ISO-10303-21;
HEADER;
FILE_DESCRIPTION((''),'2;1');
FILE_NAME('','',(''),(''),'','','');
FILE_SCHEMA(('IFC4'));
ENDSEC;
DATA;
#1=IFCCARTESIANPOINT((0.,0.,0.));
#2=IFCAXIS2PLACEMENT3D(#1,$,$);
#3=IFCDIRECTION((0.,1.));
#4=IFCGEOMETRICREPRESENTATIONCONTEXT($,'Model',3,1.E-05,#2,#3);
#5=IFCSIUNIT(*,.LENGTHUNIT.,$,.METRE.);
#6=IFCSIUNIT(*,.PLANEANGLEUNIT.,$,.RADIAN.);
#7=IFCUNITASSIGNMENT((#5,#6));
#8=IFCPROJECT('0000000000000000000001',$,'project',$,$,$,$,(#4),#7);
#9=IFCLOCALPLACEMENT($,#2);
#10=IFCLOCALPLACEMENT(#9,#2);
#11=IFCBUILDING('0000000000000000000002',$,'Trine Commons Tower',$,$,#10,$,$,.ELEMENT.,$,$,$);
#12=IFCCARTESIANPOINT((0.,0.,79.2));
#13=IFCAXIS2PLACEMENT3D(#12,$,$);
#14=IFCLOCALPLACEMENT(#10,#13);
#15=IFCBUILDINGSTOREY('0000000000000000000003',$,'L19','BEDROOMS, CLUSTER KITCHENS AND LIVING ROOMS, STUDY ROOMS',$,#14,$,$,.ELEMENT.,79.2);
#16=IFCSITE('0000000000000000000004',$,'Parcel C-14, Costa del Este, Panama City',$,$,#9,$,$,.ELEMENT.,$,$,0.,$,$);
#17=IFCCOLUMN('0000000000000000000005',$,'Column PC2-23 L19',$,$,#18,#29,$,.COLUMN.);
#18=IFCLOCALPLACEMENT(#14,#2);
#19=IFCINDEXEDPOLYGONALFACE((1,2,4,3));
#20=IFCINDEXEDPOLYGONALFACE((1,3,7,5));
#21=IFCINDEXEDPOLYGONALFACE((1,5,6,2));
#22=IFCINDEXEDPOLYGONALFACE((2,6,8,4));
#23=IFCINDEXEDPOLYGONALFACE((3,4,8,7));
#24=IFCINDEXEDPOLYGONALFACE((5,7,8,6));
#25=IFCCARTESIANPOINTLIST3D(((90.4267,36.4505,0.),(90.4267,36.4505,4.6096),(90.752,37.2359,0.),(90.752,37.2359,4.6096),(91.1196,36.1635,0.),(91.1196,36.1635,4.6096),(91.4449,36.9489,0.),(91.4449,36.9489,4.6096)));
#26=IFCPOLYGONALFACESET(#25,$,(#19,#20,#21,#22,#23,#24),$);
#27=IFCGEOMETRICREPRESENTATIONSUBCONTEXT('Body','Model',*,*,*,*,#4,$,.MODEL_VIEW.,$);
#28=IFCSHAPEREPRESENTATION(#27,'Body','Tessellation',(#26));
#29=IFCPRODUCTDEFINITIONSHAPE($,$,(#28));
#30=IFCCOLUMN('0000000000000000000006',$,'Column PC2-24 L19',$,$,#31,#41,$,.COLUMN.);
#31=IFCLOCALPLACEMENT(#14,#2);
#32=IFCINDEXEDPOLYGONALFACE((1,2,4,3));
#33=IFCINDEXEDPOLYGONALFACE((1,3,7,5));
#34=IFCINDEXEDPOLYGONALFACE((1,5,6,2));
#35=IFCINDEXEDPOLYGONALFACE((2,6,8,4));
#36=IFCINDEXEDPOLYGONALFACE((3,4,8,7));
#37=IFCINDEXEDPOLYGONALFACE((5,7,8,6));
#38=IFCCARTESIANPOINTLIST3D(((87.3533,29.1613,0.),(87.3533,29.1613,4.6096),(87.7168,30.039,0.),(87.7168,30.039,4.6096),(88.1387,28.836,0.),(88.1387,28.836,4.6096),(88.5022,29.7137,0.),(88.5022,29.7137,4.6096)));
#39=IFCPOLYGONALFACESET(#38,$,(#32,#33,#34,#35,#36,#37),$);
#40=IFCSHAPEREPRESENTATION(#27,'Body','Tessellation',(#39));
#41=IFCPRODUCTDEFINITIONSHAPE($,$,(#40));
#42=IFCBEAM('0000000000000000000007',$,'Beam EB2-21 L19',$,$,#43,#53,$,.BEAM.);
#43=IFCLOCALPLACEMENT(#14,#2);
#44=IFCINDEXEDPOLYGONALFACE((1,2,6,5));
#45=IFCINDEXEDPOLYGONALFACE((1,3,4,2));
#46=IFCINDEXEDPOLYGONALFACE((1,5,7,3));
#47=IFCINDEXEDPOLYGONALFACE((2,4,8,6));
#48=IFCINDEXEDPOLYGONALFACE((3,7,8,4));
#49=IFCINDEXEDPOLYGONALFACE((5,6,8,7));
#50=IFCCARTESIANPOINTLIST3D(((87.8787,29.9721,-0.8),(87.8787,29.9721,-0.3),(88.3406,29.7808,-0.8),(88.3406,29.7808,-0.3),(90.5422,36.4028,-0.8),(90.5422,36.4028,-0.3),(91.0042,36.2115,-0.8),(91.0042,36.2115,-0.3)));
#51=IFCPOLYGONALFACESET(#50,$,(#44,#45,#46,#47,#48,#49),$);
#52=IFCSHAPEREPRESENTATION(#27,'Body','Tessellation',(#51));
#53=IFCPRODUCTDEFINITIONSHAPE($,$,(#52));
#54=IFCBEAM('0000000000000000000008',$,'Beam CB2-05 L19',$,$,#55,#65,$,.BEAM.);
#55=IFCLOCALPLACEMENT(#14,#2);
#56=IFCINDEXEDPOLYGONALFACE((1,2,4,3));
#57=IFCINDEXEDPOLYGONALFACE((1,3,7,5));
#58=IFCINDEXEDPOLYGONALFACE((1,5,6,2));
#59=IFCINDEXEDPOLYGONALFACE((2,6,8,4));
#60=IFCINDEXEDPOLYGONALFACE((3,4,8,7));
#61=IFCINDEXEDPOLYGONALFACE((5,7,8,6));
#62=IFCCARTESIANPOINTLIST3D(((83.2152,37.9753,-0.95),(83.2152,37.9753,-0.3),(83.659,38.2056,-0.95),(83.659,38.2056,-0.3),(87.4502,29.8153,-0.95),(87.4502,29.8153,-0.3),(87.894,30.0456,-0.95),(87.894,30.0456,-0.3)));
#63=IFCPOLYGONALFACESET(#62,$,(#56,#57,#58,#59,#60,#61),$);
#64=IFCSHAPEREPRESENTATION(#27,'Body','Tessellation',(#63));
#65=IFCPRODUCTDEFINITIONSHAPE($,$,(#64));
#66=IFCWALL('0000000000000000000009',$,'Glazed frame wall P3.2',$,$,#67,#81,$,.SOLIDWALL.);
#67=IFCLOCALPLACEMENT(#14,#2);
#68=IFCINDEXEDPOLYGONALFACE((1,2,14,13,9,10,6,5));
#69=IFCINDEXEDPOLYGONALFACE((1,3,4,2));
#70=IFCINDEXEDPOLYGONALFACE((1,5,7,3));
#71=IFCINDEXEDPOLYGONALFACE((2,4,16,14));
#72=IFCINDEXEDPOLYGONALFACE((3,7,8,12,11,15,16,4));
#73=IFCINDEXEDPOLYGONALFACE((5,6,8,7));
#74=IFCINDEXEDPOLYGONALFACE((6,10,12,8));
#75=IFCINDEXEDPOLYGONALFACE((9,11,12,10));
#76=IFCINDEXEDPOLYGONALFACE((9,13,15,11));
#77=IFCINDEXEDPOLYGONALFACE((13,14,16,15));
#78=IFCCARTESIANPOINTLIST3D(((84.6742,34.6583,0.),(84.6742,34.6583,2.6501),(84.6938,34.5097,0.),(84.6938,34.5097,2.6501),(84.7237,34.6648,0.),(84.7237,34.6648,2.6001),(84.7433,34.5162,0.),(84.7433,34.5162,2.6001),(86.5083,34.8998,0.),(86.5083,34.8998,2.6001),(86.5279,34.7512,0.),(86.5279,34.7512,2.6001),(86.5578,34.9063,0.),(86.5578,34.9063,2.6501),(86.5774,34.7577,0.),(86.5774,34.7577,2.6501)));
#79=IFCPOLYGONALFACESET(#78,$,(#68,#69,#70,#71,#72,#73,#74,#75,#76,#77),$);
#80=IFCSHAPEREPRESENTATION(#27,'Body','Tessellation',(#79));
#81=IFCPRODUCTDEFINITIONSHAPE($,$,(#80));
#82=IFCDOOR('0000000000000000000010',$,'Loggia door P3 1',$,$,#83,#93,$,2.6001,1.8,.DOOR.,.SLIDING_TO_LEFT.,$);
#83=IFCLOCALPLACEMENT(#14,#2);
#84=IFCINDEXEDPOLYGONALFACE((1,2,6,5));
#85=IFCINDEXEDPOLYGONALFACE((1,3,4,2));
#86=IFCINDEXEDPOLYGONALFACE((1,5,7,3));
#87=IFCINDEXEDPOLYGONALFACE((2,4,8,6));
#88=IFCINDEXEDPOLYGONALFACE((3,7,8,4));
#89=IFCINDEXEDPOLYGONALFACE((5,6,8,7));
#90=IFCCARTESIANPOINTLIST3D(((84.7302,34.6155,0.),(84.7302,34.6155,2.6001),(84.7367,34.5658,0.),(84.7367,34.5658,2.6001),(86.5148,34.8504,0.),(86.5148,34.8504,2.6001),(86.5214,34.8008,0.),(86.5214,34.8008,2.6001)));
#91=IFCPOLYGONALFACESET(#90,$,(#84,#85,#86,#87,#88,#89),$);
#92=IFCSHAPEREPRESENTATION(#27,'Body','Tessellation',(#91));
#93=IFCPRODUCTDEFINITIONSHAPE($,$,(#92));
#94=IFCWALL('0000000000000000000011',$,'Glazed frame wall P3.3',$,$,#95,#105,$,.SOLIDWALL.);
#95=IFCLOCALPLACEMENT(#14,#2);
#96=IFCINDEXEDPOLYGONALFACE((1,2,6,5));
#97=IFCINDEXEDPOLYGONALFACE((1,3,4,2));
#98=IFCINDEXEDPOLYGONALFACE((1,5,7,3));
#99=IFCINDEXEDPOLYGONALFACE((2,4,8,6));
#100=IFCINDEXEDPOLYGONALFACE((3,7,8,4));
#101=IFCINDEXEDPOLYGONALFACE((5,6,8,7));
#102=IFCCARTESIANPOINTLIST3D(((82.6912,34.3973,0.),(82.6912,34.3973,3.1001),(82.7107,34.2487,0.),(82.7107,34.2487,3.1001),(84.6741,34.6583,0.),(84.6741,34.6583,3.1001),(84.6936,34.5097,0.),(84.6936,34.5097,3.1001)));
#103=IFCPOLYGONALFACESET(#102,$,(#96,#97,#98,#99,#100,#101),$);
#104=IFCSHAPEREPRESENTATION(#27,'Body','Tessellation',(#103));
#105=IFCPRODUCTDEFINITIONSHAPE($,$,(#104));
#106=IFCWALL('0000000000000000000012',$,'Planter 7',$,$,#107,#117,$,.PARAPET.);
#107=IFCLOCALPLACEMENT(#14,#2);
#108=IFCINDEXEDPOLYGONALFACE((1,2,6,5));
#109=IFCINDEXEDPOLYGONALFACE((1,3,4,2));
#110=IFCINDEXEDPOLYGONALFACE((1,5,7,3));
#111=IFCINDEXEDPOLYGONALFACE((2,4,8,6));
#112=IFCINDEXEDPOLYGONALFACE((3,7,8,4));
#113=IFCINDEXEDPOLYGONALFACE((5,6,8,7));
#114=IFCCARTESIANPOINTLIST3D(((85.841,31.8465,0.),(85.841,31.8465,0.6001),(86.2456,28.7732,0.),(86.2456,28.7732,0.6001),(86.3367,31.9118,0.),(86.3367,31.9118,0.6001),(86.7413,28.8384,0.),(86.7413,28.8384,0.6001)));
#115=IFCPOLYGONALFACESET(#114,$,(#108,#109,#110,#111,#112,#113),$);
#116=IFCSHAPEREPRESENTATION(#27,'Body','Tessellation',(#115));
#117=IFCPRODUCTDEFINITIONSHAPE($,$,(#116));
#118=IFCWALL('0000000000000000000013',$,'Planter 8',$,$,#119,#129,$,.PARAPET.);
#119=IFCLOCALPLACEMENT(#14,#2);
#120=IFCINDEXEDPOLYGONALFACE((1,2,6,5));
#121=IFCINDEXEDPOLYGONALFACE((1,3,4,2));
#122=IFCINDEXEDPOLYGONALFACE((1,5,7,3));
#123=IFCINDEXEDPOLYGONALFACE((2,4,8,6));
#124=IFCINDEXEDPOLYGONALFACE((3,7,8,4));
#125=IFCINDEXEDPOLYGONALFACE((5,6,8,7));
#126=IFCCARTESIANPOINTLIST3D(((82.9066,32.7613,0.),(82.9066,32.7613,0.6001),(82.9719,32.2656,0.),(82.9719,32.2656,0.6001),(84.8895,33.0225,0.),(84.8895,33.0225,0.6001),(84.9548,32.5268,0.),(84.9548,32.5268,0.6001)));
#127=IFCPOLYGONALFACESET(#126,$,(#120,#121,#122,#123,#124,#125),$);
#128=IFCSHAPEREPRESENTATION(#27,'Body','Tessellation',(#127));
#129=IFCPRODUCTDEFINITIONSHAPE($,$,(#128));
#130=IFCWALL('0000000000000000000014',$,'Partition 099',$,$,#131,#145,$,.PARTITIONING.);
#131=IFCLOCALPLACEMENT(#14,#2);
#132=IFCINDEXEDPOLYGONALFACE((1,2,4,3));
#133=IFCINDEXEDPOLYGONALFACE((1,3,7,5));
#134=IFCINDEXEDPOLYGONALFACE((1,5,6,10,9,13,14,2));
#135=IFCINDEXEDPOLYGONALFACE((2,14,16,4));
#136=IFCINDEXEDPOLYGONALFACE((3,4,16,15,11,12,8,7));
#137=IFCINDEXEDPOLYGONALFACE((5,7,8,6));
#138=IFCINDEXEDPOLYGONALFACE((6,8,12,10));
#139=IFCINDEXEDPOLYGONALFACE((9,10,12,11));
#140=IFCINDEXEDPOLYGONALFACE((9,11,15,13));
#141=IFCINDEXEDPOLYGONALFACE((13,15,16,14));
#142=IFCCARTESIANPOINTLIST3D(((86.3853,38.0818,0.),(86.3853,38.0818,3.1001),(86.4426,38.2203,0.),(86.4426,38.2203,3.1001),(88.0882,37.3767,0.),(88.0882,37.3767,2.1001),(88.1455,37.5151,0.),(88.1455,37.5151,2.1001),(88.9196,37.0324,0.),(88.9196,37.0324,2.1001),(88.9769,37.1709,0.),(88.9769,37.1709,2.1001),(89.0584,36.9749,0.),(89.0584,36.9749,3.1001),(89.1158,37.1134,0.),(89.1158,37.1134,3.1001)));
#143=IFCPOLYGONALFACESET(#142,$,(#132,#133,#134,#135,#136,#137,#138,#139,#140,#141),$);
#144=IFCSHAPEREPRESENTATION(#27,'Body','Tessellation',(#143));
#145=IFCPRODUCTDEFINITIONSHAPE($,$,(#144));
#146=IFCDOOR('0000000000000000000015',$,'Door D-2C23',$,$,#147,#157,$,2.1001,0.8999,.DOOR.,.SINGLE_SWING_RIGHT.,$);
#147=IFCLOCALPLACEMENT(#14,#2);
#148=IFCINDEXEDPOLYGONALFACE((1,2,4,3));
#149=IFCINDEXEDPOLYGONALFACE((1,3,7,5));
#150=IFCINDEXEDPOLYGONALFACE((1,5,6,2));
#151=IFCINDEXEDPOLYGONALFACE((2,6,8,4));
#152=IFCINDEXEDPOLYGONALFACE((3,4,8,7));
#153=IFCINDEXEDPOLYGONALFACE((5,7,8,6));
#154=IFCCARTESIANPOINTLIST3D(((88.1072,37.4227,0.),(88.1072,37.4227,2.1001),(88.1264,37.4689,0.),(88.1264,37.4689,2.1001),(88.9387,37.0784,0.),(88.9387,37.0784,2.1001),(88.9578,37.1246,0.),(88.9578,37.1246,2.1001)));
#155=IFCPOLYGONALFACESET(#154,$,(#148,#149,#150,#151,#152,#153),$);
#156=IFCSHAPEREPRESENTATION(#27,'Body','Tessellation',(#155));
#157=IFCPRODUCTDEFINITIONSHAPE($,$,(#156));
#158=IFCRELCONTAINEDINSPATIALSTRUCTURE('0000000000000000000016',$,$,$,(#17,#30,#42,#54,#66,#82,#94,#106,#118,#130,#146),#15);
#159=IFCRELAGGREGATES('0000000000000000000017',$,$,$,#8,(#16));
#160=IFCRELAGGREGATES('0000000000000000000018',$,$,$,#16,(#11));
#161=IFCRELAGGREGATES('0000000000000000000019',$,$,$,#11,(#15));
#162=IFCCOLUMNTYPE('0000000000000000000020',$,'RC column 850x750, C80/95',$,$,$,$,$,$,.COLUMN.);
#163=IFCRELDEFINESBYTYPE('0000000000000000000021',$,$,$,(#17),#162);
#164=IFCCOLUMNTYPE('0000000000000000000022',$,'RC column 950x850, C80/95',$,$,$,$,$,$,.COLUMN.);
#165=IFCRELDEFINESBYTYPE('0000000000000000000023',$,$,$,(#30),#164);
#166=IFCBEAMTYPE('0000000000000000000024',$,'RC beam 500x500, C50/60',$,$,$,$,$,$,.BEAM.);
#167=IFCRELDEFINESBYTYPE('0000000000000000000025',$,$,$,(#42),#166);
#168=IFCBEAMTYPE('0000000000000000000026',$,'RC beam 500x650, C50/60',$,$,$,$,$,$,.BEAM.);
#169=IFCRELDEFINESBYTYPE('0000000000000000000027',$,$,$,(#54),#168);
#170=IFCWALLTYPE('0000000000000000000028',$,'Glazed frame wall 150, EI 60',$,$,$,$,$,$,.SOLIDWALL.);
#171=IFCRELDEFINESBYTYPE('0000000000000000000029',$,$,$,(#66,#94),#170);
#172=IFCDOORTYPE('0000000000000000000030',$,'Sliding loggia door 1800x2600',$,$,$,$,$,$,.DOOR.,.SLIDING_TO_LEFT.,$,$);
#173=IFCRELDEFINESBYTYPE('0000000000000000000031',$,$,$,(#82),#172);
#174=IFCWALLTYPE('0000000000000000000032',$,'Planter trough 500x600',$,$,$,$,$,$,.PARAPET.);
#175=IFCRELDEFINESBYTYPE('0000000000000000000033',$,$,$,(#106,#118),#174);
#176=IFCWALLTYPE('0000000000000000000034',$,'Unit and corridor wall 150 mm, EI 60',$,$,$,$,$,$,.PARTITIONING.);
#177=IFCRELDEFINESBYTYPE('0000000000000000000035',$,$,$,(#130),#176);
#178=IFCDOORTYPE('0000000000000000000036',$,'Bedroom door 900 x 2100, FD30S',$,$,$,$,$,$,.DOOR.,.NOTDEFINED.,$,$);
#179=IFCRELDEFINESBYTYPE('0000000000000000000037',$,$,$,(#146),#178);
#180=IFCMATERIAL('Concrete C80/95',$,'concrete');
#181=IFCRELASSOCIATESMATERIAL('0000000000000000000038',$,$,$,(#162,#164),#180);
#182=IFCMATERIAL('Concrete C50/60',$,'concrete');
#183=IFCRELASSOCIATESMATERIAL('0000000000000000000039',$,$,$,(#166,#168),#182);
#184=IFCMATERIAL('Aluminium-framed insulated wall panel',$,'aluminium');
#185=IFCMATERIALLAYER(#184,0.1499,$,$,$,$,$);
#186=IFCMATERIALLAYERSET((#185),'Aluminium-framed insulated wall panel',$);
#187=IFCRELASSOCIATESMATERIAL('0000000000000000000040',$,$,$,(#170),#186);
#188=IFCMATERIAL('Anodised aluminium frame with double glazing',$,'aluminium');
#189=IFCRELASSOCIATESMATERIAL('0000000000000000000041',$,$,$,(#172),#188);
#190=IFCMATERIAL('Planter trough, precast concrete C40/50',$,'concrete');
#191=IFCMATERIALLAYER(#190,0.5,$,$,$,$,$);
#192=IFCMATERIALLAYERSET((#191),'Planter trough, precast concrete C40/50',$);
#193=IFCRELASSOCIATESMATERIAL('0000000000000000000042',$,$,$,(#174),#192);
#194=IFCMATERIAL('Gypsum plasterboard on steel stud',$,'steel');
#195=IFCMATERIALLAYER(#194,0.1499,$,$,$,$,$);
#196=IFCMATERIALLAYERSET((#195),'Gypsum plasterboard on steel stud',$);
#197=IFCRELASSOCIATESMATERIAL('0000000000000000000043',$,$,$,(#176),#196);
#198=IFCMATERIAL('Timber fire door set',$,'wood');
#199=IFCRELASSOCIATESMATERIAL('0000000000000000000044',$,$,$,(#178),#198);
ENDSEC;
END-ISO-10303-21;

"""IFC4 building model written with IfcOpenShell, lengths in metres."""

from ifc_helpers import new_model, si_unit, direction, frame, frame_2d, origin, origin_2d, place, context, subcontext, project, spatial, polyline, rectangle, outline, extrude, material, layer, layer_set, material_profile, profile_set, type_object, element, fill, save


model = new_model("IFC4")

# Units and contexts
model_context = context("Model", 3, precision=1e-05, world=origin(), true_north=direction((0.0, 1.0)))
body_context = subcontext(model_context, "Body", "Model", "MODEL_VIEW")
ifc_project = project(units=[si_unit("LENGTHUNIT", "METRE"), si_unit("PLANEANGLEUNIT", "RADIAN")], contexts=[model_context])

# Site, building, storey
site_placement = place(None, origin())
site = spatial("IfcSite", under=ifc_project, at=site_placement, Name="Parcel C-14, Costa del Este, Panama City", CompositionType="ELEMENT", RefElevation=0.0)
building_placement = place(site_placement, origin())
building = spatial("IfcBuilding", under=site, at=building_placement, Name="Trine Commons Tower", CompositionType="ELEMENT")
storey_placement = place(building_placement, frame((0.0, 0.0, 79.2)))
storey = spatial("IfcBuildingStorey", under=building, at=storey_placement, Name="L19", Description="BEDROOMS, CLUSTER KITCHENS AND LIVING ROOMS, STUDY ROOMS", CompositionType="ELEMENT", Elevation=79.2)

# Columns
ifc_material_1 = material(Name="Concrete C80/95", Category="concrete")
ifc_material_profile_1 = material_profile(ifc_material_1, rectangle(XDim=0.8501, YDim=0.75, at=origin_2d()), Name="RC 850x750")
ifc_profile_set_1 = profile_set([ifc_material_profile_1], Name="Concrete C80/95")
column_type_1 = type_object("IfcColumnType", Name="RC column 850x750, C80/95", PredefinedType="COLUMN", material=ifc_profile_set_1)
column_1_placement = place(storey_placement, frame((90.9358, 36.6997, 0.0), z_axis=(0.0, 0.0, 1.0), x_axis=(0.382683, 0.92388, 0.0)))
element("IfcColumn", 1, at=column_1_placement, inside=storey, type_object=column_type_1, Name="Column PC2-23 L19", PredefinedType="COLUMN", context=body_context, shape_type="SweptSolid", body=[
    extrude(rectangle(XDim=0.8501, YDim=0.75, at=origin_2d()), origin(), (0.0, 0.0, 1.0), 4.6096),
])
ifc_material_profile_2 = material_profile(ifc_material_1, rectangle(XDim=0.95, YDim=0.8501, at=origin_2d()), Name="RC 950x850")
ifc_profile_set_2 = profile_set([ifc_material_profile_2], Name="Concrete C80/95")
column_type_2 = type_object("IfcColumnType", Name="RC column 950x850, C80/95", PredefinedType="COLUMN", material=ifc_profile_set_2)
column_2_placement = place(storey_placement, frame((87.9277, 29.4375, 0.0), z_axis=(0.0, 0.0, 1.0), x_axis=(0.382683, 0.92388, 0.0)))
element("IfcColumn", 2, at=column_2_placement, inside=storey, type_object=column_type_2, Name="Column PC2-24 L19", PredefinedType="COLUMN", context=body_context, shape_type="SweptSolid", body=[
    extrude(rectangle(XDim=0.95, YDim=0.8501, at=origin_2d()), origin(), (0.0, 0.0, 1.0), 4.6096),
])

# Beams
ifc_material_2 = material(Name="Concrete C50/60", Category="concrete")
ifc_material_profile_3 = material_profile(ifc_material_2, rectangle(XDim=0.5, YDim=0.5, at=origin_2d()), Name="RC 500x500")
ifc_profile_set_3 = profile_set([ifc_material_profile_3], Name="Concrete C50/60")
beam_type_1 = type_object("IfcBeamType", Name="RC beam 500x500, C50/60", PredefinedType="BEAM", material=ifc_profile_set_3)
beam_1_placement = place(storey_placement, frame((90.7732, 36.3071, -0.55), z_axis=(-0.382672, -0.923884, 0.0), x_axis=(0.923884, -0.382672, 0.0)))
element("IfcBeam", 3, at=beam_1_placement, inside=storey, type_object=beam_type_1, Name="Beam EB2-21 L19", PredefinedType="BEAM", context=body_context, shape_type="SweptSolid", body=[
    extrude(rectangle(XDim=0.5, YDim=0.5, at=origin_2d()), origin(), (0.0, 0.0, 1.0), 6.9604),
])
ifc_material_profile_4 = material_profile(ifc_material_2, rectangle(XDim=0.5, YDim=0.6499, at=origin_2d()), Name="RC 500x650")
ifc_profile_set_4 = profile_set([ifc_material_profile_4], Name="Concrete C50/60")
beam_type_2 = type_object("IfcBeamType", Name="RC beam 500x650, C50/60", PredefinedType="BEAM", material=ifc_profile_set_4)
beam_2_placement = place(storey_placement, frame((87.6721, 29.9304, -0.625), z_axis=(-0.460653, 0.88758, 0.0), x_axis=(-0.88758, -0.460653, 0.0)))
element("IfcBeam", 4, at=beam_2_placement, inside=storey, type_object=beam_type_2, Name="Beam CB2-05 L19", PredefinedType="BEAM", context=body_context, shape_type="SweptSolid", body=[
    extrude(rectangle(XDim=0.5, YDim=0.6499, at=origin_2d()), origin(), (0.0, 0.0, 1.0), 9.1936),
])

# Shared definitions
ifc_material_3 = material(Name="Aluminium-framed insulated wall panel", Category="aluminium")
ifc_layer_1 = layer(ifc_material_3, 0.1499)
ifc_layer_set_1 = layer_set([ifc_layer_1], Name="Aluminium-framed insulated wall panel")
wall_type_1 = type_object("IfcWallType", Name="Glazed frame wall 150, EI 60", PredefinedType="SOLIDWALL", material=ifc_layer_set_1)

# Wall, opening, door
wall_1_placement = place(storey_placement, frame((86.5676, 34.832, 0.0), z_axis=(0.0, 0.0, 1.0), x_axis=(-0.991442, -0.130548, 0.0)))
wall_1 = element("IfcWall", 5, at=wall_1_placement, inside=storey, type_object=wall_type_1, Name="Glazed frame wall P3.2", PredefinedType="SOLIDWALL", context=body_context, shape_type="SweptSolid", body=[
    extrude(outline(polyline([(0.0, -0.075), (1.8999, -0.075), (1.8999, 0.075), (0.0, 0.075), (0.0, -0.075)])), origin(), (0.0, 0.0, 1.0), 2.6501),
])
opening_1_placement = place(wall_1_placement, frame((0.05, 0.0, 0.0)))
opening_1 = element("IfcOpeningElement", 6, at=opening_1_placement, cuts=wall_1, PredefinedType="OPENING", context=body_context, shape_type="SweptSolid", body=[
    extrude(rectangle(XDim=1.8, YDim=2.6001, at=frame_2d((0.8999, 1.3))), frame((0.0, 0.085, 0.0), z_axis=(0.0, -1.0, 0.0), x_axis=(1.0, 0.0, 0.0)), (0.0, 0.0, 1.0), 0.1699),
])
ifc_material_4 = material(Name="Anodised aluminium frame with double glazing", Category="aluminium")
door_type_1 = type_object("IfcDoorType", Name="Sliding loggia door 1800x2600", OperationType="SLIDING_TO_LEFT", PredefinedType="DOOR", material=ifc_material_4)
door_1_placement = place(opening_1_placement, origin())
door_1 = element("IfcDoor", 7, at=door_1_placement, inside=storey, type_object=door_type_1, Name="Loggia door P3 1", OperationType="SLIDING_TO_LEFT", OverallHeight=2.6001, OverallWidth=1.8, PredefinedType="DOOR", context=body_context, shape_type="SweptSolid", body=[
    extrude(rectangle(XDim=1.8, YDim=2.6001, at=frame_2d((0.8999, 1.3))), frame((0.0, 0.0249, 0.0), z_axis=(0.0, -1.0, 0.0), x_axis=(1.0, 0.0, 0.0)), (0.0, 0.0, 1.0), 0.05),
])
fill(opening_1, door_1)

# Walls
wall_2_placement = place(storey_placement, frame((84.6838, 34.584, 0.0), z_axis=(0.0, 0.0, 1.0), x_axis=(-0.991449, -0.130492, 0.0)))
element("IfcWall", 8, at=wall_2_placement, inside=storey, type_object=wall_type_1, Name="Glazed frame wall P3.3", PredefinedType="SOLIDWALL", context=body_context, shape_type="SweptSolid", body=[
    extrude(outline(polyline([(0.0, -0.075), (2.0, -0.075), (2.0, 0.075), (0.0, 0.075), (0.0, -0.075)])), origin(), (0.0, 0.0, 1.0), 3.1001),
])
ifc_material_5 = material(Name="Planter trough, precast concrete C40/50", Category="concrete")
ifc_layer_2 = layer(ifc_material_5, 0.5)
ifc_layer_set_2 = layer_set([ifc_layer_2], Name="Planter trough, precast concrete C40/50")
wall_type_2 = type_object("IfcWallType", Name="Planter trough 500x600", PredefinedType="PARAPET", material=ifc_layer_set_2)
wall_3_placement = place(storey_placement, frame((86.4934, 28.8059, 0.0), z_axis=(0.0, 0.0, 1.0), x_axis=(-0.130507, 0.991447, 0.0)))
element("IfcWall", 9, at=wall_3_placement, inside=storey, type_object=wall_type_2, Name="Planter 7", PredefinedType="PARAPET", context=body_context, shape_type="SweptSolid", body=[
    extrude(rectangle(XDim=3.0999, YDim=0.5, at=frame_2d((1.5498, 0.0))), origin(), (0.0, 0.0, 1.0), 0.6001),
])
wall_4_placement = place(storey_placement, frame((84.9221, 32.7747, 0.0), z_axis=(0.0, 0.0, 1.0), x_axis=(-0.991434, -0.130612, 0.0)))
element("IfcWall", 10, at=wall_4_placement, inside=storey, type_object=wall_type_2, Name="Planter 8", PredefinedType="PARAPET", context=body_context, shape_type="SweptSolid", body=[
    extrude(rectangle(XDim=2.0, YDim=0.5, at=frame_2d((1.0, 0.0))), origin(), (0.0, 0.0, 1.0), 0.6001),
])

# Wall, opening, door
ifc_material_6 = material(Name="Gypsum plasterboard on steel stud", Category="steel")
ifc_layer_3 = layer(ifc_material_6, 0.1499)
ifc_layer_set_3 = layer_set([ifc_layer_3], Name="Gypsum plasterboard on steel stud")
wall_type_3 = type_object("IfcWallType", Name="Unit and corridor wall 150 mm, EI 60", PredefinedType="PARTITIONING", material=ifc_layer_set_3)
wall_5_placement = place(storey_placement, frame((86.4138, 38.1511, 0.0), z_axis=(0.0, 0.0, 1.0), x_axis=(0.923916, -0.382595, 0.0)))
wall_5 = element("IfcWall", 11, at=wall_5_placement, inside=storey, type_object=wall_type_3, Name="Partition 099", PredefinedType="PARTITIONING", context=body_context, shape_type="SweptSolid", body=[
    extrude(rectangle(XDim=2.8933, YDim=0.1499, at=frame_2d((1.4468, 0.0))), origin(), (0.0, 0.0, 1.0), 3.1001),
])
opening_2_placement = place(wall_5_placement, frame((1.8433, 0.0, 0.0)))
opening_2 = element("IfcOpeningElement", 12, at=opening_2_placement, cuts=wall_5, PredefinedType="OPENING", context=body_context, shape_type="SweptSolid", body=[
    extrude(rectangle(XDim=0.8999, YDim=2.1001, at=frame_2d((0.45, 1.05))), frame((0.0, 0.085, 0.0), z_axis=(0.0, -1.0, 0.0), x_axis=(1.0, 0.0, 0.0)), (0.0, 0.0, 1.0), 0.1699),
])
ifc_material_7 = material(Name="Timber fire door set", Category="wood")
door_type_2 = type_object("IfcDoorType", Name="Bedroom door 900 x 2100, FD30S", OperationType="NOTDEFINED", PredefinedType="DOOR", material=ifc_material_7)
door_2_placement = place(opening_2_placement, origin())
door_2 = element("IfcDoor", 13, at=door_2_placement, inside=storey, type_object=door_type_2, Name="Door D-2C23", OperationType="SINGLE_SWING_RIGHT", OverallHeight=2.1001, OverallWidth=0.8999, PredefinedType="DOOR", context=body_context, shape_type="SweptSolid", body=[
    extrude(rectangle(XDim=0.8999, YDim=2.1001, at=frame_2d((0.45, 1.05))), frame((0.0, 0.0249, 0.0), z_axis=(0.0, -1.0, 0.0), x_axis=(1.0, 0.0, 0.0)), (0.0, 0.0, 1.0), 0.05),
])
fill(opening_2, door_2)

save(model, "model.ifc")
